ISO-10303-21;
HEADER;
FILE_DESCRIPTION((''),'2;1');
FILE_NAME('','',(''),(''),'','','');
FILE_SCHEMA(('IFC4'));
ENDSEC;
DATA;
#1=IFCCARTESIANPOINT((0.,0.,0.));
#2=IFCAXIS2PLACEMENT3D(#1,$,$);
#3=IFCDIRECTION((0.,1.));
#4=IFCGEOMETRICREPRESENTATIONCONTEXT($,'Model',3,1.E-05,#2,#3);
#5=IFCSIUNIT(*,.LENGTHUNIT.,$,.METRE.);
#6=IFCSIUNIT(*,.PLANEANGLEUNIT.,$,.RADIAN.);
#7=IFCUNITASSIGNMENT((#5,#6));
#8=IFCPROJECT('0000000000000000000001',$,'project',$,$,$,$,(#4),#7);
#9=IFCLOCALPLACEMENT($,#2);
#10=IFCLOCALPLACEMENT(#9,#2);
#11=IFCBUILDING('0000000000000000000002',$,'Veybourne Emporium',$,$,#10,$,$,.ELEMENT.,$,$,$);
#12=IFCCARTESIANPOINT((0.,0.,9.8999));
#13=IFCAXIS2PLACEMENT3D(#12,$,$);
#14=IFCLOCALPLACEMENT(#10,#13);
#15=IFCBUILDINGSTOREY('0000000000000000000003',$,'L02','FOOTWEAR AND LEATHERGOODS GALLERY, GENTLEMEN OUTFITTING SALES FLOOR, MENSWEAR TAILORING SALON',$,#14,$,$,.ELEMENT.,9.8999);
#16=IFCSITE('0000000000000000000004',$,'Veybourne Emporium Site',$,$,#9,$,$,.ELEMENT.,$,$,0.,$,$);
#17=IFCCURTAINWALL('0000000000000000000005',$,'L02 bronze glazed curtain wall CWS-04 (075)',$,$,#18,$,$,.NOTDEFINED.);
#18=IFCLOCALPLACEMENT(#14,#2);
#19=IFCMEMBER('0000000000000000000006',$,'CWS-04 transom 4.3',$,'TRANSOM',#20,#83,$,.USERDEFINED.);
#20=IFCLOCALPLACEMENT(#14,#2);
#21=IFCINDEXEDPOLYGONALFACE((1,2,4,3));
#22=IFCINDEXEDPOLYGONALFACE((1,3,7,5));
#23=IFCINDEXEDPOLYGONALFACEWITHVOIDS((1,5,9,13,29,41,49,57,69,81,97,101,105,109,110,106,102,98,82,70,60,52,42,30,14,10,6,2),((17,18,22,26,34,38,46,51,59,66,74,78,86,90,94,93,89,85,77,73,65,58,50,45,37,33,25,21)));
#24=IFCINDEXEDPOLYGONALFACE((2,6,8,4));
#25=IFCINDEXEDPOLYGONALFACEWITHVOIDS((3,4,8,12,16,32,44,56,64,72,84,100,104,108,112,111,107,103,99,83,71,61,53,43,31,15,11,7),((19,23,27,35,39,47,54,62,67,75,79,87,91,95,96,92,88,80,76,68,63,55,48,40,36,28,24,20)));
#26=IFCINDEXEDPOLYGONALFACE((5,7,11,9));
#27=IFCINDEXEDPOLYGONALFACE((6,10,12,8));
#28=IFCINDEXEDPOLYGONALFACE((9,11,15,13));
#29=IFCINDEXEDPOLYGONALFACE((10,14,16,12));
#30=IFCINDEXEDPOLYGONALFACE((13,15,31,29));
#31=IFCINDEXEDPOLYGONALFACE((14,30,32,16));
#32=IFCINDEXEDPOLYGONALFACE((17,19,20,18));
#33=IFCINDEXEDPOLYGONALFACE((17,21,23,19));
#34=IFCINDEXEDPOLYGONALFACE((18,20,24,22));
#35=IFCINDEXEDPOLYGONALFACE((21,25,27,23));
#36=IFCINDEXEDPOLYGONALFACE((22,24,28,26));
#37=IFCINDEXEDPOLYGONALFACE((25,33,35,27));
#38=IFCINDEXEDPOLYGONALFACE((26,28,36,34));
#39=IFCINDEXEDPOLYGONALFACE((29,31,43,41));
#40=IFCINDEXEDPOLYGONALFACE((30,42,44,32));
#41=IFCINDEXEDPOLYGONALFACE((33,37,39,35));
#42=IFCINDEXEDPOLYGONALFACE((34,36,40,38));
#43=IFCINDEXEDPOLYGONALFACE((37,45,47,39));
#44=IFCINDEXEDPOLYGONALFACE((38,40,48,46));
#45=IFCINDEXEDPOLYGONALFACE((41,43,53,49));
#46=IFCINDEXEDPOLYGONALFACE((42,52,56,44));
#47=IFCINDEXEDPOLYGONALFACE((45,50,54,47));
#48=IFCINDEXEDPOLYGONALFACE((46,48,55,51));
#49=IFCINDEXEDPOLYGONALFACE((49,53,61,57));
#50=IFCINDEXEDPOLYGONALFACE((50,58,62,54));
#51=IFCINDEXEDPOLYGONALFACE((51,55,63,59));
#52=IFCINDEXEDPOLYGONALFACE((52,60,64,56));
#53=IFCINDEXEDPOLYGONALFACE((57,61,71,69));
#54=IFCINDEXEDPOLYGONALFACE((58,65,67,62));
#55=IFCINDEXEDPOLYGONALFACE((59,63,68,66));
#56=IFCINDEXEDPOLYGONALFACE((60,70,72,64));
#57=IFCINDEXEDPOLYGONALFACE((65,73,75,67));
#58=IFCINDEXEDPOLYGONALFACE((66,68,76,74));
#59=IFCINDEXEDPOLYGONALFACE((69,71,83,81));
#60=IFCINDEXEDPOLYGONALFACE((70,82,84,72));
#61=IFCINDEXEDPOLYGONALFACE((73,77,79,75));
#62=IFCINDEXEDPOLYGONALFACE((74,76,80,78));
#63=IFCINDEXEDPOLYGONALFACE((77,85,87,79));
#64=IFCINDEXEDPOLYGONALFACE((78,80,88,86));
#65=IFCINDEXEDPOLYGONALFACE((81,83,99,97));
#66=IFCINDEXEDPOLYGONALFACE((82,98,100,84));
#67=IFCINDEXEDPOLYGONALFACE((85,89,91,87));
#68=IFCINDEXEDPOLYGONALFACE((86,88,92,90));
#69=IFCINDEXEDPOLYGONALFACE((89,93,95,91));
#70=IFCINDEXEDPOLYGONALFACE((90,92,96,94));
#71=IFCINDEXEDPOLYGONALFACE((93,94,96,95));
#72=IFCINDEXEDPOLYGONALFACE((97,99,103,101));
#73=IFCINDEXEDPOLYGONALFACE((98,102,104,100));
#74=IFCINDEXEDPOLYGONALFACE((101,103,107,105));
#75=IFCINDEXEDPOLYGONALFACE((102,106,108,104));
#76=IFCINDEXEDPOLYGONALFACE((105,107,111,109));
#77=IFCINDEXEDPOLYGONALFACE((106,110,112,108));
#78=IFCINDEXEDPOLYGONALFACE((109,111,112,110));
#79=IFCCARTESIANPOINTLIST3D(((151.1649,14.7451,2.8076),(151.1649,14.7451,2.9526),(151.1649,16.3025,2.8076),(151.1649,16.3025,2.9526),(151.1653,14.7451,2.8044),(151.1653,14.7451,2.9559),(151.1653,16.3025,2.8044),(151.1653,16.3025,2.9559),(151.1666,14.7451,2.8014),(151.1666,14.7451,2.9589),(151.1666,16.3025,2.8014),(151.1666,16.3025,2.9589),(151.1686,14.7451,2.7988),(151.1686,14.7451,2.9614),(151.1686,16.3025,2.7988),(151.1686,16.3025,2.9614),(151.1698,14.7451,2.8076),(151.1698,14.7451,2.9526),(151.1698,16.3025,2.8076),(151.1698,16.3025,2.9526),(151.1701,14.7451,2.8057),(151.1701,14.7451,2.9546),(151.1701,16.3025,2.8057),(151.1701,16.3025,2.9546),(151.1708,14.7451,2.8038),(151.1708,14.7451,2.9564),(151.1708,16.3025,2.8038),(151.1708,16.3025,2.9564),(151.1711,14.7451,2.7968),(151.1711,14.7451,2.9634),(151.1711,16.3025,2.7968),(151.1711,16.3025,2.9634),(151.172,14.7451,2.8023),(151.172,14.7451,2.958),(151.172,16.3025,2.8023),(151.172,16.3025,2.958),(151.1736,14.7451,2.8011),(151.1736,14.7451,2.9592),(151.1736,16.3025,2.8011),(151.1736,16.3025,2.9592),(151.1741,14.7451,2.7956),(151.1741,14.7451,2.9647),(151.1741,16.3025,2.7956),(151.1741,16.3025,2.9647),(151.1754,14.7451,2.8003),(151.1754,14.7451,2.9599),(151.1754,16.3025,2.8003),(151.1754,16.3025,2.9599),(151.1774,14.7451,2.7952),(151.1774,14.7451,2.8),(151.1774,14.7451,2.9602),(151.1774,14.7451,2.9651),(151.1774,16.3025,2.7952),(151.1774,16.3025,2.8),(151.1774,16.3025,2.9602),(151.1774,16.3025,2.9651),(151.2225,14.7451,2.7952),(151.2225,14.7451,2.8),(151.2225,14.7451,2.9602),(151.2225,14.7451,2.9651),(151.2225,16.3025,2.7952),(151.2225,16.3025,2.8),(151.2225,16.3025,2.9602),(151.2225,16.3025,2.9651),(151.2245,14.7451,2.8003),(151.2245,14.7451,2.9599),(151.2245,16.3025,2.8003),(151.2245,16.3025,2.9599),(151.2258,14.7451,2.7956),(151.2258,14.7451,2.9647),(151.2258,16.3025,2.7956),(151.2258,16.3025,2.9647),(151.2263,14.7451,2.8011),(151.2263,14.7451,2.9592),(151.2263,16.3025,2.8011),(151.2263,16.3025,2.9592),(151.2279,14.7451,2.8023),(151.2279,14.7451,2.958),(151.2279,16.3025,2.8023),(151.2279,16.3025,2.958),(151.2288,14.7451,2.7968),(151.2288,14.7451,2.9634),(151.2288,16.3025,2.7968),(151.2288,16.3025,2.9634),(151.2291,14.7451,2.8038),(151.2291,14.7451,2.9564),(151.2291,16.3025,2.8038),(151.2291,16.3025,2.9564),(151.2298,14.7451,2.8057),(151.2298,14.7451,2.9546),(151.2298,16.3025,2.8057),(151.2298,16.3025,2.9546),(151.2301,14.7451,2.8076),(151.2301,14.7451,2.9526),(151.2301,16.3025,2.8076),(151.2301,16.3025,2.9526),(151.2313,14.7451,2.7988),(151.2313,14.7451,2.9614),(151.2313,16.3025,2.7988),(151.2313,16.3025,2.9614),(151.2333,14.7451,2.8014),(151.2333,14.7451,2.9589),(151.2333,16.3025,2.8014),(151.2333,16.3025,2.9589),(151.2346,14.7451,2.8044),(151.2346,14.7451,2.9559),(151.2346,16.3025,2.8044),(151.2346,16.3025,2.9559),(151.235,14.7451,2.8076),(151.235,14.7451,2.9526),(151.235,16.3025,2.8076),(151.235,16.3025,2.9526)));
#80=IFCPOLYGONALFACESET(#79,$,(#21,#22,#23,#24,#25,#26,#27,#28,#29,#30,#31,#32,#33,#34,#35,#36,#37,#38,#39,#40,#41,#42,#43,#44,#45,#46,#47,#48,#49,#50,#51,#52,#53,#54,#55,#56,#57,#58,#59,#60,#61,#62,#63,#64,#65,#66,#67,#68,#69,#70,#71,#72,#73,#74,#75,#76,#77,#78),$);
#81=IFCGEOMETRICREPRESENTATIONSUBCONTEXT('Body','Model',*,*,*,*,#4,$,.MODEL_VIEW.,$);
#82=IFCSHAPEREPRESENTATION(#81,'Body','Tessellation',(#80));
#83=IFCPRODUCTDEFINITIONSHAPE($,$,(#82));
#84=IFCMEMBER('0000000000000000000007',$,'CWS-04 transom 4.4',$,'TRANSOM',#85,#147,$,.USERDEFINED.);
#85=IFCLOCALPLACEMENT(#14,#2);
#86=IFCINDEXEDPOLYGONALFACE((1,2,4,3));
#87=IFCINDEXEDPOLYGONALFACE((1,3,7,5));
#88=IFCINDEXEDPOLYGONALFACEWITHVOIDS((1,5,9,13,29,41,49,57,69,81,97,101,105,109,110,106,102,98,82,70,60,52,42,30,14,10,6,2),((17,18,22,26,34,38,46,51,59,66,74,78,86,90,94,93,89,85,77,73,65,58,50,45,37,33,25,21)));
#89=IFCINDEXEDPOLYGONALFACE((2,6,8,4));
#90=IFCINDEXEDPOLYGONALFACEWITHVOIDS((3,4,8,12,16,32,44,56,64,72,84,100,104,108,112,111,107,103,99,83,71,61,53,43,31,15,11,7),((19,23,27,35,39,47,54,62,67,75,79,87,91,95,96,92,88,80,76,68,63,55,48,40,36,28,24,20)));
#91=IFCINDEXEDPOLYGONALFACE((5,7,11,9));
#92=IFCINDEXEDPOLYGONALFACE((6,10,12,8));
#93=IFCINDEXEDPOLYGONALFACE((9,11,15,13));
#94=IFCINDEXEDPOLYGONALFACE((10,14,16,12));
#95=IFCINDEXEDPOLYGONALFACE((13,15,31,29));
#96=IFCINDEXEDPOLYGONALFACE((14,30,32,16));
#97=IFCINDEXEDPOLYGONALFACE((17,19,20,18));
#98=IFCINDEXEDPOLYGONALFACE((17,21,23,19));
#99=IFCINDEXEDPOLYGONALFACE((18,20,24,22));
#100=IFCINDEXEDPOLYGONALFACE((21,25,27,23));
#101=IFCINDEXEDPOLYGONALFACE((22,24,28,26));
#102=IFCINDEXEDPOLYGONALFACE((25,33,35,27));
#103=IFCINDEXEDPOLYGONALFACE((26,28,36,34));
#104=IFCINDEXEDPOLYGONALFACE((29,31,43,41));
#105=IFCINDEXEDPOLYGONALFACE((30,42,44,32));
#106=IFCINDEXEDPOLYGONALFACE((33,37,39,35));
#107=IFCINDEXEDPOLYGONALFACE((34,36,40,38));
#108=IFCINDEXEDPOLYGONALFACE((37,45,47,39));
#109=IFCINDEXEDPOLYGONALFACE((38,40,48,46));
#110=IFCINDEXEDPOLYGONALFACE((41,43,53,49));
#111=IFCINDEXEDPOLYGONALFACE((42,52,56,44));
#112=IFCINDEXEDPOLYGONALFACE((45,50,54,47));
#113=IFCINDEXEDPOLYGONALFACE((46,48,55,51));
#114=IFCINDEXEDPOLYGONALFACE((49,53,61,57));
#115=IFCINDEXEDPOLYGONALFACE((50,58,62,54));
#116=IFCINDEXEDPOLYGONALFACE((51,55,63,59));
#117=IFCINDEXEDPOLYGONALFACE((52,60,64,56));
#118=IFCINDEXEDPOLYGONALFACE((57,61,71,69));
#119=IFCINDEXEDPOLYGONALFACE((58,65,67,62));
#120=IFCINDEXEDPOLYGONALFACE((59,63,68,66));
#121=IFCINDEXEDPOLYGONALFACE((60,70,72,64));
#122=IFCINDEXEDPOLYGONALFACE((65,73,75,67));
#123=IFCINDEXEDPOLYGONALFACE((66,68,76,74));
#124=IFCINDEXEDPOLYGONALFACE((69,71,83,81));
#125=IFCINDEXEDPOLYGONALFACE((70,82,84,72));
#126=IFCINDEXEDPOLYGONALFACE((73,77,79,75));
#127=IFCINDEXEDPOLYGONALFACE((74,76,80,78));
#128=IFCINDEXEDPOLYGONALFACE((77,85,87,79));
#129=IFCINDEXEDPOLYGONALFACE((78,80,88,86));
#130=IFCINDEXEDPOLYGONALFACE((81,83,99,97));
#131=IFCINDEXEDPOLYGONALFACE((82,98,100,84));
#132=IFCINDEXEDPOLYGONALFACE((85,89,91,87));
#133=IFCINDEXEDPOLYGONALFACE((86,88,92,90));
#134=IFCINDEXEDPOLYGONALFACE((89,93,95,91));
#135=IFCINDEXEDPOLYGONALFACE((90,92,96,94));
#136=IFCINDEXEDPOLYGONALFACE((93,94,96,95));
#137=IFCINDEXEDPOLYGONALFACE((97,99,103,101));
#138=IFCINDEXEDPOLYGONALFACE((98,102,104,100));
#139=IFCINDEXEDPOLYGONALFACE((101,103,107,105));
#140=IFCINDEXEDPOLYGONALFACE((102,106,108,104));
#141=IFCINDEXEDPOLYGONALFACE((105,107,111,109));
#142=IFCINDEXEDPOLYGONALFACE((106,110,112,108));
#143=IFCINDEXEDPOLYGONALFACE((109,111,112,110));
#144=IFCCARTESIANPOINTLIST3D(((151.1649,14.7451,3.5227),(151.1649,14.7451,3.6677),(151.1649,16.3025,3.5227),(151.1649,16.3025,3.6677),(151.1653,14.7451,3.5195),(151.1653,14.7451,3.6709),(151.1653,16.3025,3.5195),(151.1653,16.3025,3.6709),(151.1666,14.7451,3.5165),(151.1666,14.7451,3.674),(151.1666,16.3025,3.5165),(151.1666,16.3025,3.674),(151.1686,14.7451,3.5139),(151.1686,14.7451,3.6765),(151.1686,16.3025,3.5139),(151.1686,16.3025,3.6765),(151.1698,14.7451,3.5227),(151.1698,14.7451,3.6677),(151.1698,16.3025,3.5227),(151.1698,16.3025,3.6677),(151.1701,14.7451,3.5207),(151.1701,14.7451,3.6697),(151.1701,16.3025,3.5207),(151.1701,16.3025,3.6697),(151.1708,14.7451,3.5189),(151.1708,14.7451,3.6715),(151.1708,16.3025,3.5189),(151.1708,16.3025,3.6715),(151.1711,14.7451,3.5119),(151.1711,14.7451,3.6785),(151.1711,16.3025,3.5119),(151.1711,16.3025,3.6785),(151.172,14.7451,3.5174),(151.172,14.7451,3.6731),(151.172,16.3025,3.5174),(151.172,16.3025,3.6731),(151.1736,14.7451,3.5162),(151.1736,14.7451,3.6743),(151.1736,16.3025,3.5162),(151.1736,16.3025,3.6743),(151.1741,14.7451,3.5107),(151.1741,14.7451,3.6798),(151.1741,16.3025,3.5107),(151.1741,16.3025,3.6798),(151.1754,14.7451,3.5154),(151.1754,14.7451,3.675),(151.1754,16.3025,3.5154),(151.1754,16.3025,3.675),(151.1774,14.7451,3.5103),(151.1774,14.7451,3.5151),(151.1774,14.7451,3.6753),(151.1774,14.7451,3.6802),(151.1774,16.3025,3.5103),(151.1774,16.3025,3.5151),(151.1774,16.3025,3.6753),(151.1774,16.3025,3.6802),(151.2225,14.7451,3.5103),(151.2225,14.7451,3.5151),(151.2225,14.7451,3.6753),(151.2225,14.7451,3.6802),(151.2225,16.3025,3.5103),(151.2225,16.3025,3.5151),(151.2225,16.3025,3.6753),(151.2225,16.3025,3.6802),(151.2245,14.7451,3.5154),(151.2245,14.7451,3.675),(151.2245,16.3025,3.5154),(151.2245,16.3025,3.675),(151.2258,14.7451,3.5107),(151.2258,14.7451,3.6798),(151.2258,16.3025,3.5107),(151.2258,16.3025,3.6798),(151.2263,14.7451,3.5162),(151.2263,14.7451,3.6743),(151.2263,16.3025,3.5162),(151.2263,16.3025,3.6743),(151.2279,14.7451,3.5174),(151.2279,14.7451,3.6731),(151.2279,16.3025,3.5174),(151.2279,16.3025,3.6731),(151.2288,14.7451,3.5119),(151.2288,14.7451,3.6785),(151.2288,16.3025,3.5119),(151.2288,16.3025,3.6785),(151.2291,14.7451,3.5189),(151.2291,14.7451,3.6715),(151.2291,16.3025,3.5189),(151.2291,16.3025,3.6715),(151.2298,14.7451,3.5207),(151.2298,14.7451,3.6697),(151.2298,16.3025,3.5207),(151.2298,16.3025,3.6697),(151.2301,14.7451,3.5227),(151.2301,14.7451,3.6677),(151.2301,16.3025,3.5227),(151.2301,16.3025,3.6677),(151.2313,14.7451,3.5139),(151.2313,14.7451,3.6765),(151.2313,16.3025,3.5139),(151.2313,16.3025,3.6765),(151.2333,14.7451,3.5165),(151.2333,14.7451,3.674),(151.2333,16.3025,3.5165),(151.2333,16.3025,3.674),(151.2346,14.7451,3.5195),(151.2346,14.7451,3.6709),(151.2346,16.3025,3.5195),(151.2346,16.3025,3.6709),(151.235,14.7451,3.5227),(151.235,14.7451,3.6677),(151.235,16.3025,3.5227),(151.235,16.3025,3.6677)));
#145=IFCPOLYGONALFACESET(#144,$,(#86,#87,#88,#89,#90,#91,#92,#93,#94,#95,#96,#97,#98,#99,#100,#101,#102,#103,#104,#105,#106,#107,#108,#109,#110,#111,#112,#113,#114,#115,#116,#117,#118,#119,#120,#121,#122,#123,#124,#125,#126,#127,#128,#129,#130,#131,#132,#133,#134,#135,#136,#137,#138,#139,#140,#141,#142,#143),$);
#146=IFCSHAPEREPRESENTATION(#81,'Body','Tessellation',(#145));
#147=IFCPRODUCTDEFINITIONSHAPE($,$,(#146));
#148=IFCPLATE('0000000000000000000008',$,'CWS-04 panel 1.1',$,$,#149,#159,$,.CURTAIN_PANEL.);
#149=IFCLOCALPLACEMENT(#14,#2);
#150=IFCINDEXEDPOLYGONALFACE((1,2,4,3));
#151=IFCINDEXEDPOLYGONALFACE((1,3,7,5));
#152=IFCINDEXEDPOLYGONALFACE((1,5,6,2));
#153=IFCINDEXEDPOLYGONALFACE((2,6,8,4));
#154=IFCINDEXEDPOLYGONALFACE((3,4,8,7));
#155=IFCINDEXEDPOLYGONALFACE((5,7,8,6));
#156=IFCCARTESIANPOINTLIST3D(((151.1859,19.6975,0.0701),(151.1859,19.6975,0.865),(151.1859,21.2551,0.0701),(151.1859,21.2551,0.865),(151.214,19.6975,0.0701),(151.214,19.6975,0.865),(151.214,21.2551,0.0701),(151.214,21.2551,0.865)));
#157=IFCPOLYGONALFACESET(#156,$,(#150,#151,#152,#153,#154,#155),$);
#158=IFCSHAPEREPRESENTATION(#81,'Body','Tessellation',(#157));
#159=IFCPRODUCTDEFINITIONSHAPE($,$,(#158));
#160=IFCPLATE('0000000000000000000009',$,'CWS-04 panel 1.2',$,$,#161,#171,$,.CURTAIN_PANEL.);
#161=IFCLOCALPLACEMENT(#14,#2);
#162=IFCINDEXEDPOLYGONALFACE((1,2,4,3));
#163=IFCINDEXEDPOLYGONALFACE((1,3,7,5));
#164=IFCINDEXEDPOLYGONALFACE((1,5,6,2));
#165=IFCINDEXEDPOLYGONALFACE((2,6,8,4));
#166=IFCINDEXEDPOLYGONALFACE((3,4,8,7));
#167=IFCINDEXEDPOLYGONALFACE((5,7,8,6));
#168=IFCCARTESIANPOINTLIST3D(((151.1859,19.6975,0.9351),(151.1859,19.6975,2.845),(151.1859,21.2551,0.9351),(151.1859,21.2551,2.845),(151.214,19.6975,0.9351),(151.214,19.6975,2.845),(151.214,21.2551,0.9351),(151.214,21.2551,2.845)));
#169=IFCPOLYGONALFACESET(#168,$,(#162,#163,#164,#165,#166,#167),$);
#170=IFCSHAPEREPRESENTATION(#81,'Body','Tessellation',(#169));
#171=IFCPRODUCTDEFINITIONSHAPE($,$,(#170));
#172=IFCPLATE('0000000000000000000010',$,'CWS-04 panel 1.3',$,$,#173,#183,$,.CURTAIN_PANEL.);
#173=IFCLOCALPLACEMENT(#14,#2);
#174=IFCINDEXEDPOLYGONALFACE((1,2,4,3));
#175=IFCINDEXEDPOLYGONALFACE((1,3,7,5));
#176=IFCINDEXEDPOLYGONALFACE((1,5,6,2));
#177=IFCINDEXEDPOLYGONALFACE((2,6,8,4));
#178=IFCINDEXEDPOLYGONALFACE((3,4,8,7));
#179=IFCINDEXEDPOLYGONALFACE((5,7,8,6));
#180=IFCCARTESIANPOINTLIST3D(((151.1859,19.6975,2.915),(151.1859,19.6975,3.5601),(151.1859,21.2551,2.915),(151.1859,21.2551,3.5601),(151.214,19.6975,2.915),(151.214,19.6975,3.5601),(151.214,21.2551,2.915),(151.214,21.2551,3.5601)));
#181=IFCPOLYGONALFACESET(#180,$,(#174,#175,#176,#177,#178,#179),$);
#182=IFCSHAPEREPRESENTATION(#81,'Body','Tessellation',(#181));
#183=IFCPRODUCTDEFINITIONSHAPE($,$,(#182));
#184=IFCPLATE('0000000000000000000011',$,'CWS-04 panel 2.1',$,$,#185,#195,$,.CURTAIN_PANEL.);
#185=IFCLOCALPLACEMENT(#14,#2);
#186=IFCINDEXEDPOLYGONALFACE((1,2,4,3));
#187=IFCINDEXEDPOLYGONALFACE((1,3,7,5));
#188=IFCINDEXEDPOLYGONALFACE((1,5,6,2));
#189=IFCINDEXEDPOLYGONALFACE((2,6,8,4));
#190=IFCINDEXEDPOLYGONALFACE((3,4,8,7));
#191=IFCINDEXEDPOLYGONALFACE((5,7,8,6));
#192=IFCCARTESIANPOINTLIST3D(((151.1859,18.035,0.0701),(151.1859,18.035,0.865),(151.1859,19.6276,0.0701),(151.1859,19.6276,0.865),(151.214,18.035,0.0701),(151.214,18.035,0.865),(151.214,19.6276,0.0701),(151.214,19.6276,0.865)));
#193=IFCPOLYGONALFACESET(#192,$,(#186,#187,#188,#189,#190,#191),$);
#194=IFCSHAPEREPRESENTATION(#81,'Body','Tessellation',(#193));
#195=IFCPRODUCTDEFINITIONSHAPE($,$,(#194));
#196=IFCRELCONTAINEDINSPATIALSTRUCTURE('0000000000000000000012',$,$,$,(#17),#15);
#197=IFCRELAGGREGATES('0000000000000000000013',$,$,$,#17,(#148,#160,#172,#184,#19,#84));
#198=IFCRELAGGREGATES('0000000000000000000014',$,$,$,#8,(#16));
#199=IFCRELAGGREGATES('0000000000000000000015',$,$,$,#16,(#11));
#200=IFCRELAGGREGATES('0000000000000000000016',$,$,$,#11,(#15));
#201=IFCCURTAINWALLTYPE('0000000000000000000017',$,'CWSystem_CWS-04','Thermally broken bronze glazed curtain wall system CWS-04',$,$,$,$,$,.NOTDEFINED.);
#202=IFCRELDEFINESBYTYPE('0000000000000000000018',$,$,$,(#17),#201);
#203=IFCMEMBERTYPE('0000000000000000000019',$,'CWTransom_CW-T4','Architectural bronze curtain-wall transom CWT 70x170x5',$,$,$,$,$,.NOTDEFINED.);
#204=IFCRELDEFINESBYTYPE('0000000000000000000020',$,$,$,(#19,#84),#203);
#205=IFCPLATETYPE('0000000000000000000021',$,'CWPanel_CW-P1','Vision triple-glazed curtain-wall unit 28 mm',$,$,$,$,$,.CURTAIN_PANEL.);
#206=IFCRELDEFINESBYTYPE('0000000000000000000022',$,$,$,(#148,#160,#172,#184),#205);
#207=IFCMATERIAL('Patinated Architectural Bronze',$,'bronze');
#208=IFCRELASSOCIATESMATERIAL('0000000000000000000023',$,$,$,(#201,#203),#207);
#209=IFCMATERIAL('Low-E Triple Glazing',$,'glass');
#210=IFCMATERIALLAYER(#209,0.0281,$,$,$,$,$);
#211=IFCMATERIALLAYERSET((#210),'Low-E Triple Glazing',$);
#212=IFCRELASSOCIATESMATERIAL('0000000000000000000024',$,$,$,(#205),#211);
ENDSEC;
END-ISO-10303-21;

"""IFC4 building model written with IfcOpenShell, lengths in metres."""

from ifc_helpers import new_model, si_unit, direction, frame, origin, origin_2d, place, context, subcontext, project, spatial, rectangle, hollow_rectangle, extrude, material, layer, layer_set, material_profile, profile_set, type_object, element, aggregate, save


model = new_model("IFC4")

# Units and contexts
model_context = context("Model", 3, precision=1e-05, world=origin(), true_north=direction((0.0, 1.0)))
body_context = subcontext(model_context, "Body", "Model", "MODEL_VIEW")
ifc_project = project(units=[si_unit("LENGTHUNIT", "METRE"), si_unit("PLANEANGLEUNIT", "RADIAN")], contexts=[model_context])

# Site, building, storey
site_placement = place(None, origin())
site = spatial("IfcSite", under=ifc_project, at=site_placement, Name="Veybourne Emporium Site", CompositionType="ELEMENT", RefElevation=0.0)
building_placement = place(site_placement, origin())
building = spatial("IfcBuilding", under=site, at=building_placement, Name="Veybourne Emporium", CompositionType="ELEMENT")
storey_placement = place(building_placement, frame((0.0, 0.0, 9.8999)))
storey = spatial("IfcBuildingStorey", under=building, at=storey_placement, Name="L02", Description="FOOTWEAR AND LEATHERGOODS GALLERY, GENTLEMEN OUTFITTING SALES FLOOR, MENSWEAR TAILORING SALON", CompositionType="ELEMENT", Elevation=9.8999)

# Curtain wall, members, plates
ifc_material_1 = material(Name="Patinated Architectural Bronze", Category="bronze")
curtain_wall_type = type_object("IfcCurtainWallType", Name="CWSystem_CWS-04", Description="Thermally broken bronze glazed curtain wall system CWS-04", PredefinedType="NOTDEFINED", material=ifc_material_1)
curtain_wall_placement = place(storey_placement, origin())
curtain_wall = element("IfcCurtainWall", 1, at=curtain_wall_placement, inside=storey, type_object=curtain_wall_type, Name="L02 bronze glazed curtain wall CWS-04 (075)", PredefinedType="NOTDEFINED")
ifc_material_profile_1 = material_profile(ifc_material_1, hollow_rectangle(XDim=0.0701, YDim=0.1699, WallThickness=0.0049, InnerFilletRadius=0.0076, OuterFilletRadius=0.0125, at=origin_2d()), Name="CWT 70x170x5")
ifc_profile_set_1 = profile_set([ifc_material_profile_1], Name="Patinated Architectural Bronze")
member_type_1 = type_object("IfcMemberType", Name="CWTransom_CW-T4", Description="Architectural bronze curtain-wall transom CWT 70x170x5", PredefinedType="NOTDEFINED", material=ifc_profile_set_1)
member_1_placement = place(storey_placement, frame((151.2, 16.3025, 2.8801), z_axis=(0.0, -1.0, 0.0), x_axis=(1.0, 0.0, 0.0)))
member_1 = element("IfcMember", 2, at=member_1_placement, type_object=member_type_1, Name="CWS-04 transom 4.3", ObjectType="TRANSOM", PredefinedType="USERDEFINED", context=body_context, shape_type="SweptSolid", body=[
    extrude(hollow_rectangle(XDim=0.0701, YDim=0.1699, WallThickness=0.0049, InnerFilletRadius=0.0076, OuterFilletRadius=0.0125, at=origin_2d()), origin(), (0.0, 0.0, 1.0), 1.5574),
])
member_2_placement = place(storey_placement, frame((151.2, 16.3025, 3.5952), z_axis=(0.0, -1.0, 0.0), x_axis=(1.0, 0.0, 0.0)))
member_2 = element("IfcMember", 3, at=member_2_placement, type_object=member_type_1, Name="CWS-04 transom 4.4", ObjectType="TRANSOM", PredefinedType="USERDEFINED", context=body_context, shape_type="SweptSolid", body=[
    extrude(hollow_rectangle(XDim=0.0701, YDim=0.1699, WallThickness=0.0049, InnerFilletRadius=0.0076, OuterFilletRadius=0.0125, at=origin_2d()), origin(), (0.0, 0.0, 1.0), 1.5574),
])
ifc_material_2 = material(Name="Low-E Triple Glazing", Category="glass")
ifc_layer_1 = layer(ifc_material_2, 0.0281)
ifc_layer_set_1 = layer_set([ifc_layer_1], Name="Low-E Triple Glazing")
plate_type = type_object("IfcPlateType", Name="CWPanel_CW-P1", Description="Vision triple-glazed curtain-wall unit 28 mm", PredefinedType="CURTAIN_PANEL", material=ifc_layer_set_1)
plate_1_placement = place(storey_placement, frame((151.2, 20.4763, 0.0701), z_axis=(0.0, 0.0, 1.0), x_axis=(0.0, -1.0, 0.0)))
plate_1 = element("IfcPlate", 4, at=plate_1_placement, type_object=plate_type, Name="CWS-04 panel 1.1", PredefinedType="CURTAIN_PANEL", context=body_context, shape_type="SweptSolid", body=[
    extrude(rectangle(XDim=1.5576, YDim=0.0281, at=origin_2d()), origin(), (0.0, 0.0, 1.0), 0.7949),
])
plate_2_placement = place(storey_placement, frame((151.2, 20.4763, 0.9351), z_axis=(0.0, 0.0, 1.0), x_axis=(0.0, -1.0, 0.0)))
plate_2 = element("IfcPlate", 5, at=plate_2_placement, type_object=plate_type, Name="CWS-04 panel 1.2", PredefinedType="CURTAIN_PANEL", context=body_context, shape_type="SweptSolid", body=[
    extrude(rectangle(XDim=1.5576, YDim=0.0281, at=origin_2d()), origin(), (0.0, 0.0, 1.0), 1.9099),
])
plate_3_placement = place(storey_placement, frame((151.2, 20.4763, 2.915), z_axis=(0.0, 0.0, 1.0), x_axis=(0.0, -1.0, 0.0)))
plate_3 = element("IfcPlate", 6, at=plate_3_placement, type_object=plate_type, Name="CWS-04 panel 1.3", PredefinedType="CURTAIN_PANEL", context=body_context, shape_type="SweptSolid", body=[
    extrude(rectangle(XDim=1.5576, YDim=0.0281, at=origin_2d()), origin(), (0.0, 0.0, 1.0), 0.645),
])
plate_4_placement = place(storey_placement, frame((151.2, 18.8313, 0.0701), z_axis=(0.0, 0.0, 1.0), x_axis=(0.0, -1.0, 0.0)))
plate_4 = element("IfcPlate", 7, at=plate_4_placement, type_object=plate_type, Name="CWS-04 panel 2.1", PredefinedType="CURTAIN_PANEL", context=body_context, shape_type="SweptSolid", body=[
    extrude(rectangle(XDim=1.5925, YDim=0.0281, at=origin_2d()), origin(), (0.0, 0.0, 1.0), 0.7949),
])
aggregate(curtain_wall, [plate_1, plate_2, plate_3, plate_4, member_1, member_2])

save(model, "model.ifc")
